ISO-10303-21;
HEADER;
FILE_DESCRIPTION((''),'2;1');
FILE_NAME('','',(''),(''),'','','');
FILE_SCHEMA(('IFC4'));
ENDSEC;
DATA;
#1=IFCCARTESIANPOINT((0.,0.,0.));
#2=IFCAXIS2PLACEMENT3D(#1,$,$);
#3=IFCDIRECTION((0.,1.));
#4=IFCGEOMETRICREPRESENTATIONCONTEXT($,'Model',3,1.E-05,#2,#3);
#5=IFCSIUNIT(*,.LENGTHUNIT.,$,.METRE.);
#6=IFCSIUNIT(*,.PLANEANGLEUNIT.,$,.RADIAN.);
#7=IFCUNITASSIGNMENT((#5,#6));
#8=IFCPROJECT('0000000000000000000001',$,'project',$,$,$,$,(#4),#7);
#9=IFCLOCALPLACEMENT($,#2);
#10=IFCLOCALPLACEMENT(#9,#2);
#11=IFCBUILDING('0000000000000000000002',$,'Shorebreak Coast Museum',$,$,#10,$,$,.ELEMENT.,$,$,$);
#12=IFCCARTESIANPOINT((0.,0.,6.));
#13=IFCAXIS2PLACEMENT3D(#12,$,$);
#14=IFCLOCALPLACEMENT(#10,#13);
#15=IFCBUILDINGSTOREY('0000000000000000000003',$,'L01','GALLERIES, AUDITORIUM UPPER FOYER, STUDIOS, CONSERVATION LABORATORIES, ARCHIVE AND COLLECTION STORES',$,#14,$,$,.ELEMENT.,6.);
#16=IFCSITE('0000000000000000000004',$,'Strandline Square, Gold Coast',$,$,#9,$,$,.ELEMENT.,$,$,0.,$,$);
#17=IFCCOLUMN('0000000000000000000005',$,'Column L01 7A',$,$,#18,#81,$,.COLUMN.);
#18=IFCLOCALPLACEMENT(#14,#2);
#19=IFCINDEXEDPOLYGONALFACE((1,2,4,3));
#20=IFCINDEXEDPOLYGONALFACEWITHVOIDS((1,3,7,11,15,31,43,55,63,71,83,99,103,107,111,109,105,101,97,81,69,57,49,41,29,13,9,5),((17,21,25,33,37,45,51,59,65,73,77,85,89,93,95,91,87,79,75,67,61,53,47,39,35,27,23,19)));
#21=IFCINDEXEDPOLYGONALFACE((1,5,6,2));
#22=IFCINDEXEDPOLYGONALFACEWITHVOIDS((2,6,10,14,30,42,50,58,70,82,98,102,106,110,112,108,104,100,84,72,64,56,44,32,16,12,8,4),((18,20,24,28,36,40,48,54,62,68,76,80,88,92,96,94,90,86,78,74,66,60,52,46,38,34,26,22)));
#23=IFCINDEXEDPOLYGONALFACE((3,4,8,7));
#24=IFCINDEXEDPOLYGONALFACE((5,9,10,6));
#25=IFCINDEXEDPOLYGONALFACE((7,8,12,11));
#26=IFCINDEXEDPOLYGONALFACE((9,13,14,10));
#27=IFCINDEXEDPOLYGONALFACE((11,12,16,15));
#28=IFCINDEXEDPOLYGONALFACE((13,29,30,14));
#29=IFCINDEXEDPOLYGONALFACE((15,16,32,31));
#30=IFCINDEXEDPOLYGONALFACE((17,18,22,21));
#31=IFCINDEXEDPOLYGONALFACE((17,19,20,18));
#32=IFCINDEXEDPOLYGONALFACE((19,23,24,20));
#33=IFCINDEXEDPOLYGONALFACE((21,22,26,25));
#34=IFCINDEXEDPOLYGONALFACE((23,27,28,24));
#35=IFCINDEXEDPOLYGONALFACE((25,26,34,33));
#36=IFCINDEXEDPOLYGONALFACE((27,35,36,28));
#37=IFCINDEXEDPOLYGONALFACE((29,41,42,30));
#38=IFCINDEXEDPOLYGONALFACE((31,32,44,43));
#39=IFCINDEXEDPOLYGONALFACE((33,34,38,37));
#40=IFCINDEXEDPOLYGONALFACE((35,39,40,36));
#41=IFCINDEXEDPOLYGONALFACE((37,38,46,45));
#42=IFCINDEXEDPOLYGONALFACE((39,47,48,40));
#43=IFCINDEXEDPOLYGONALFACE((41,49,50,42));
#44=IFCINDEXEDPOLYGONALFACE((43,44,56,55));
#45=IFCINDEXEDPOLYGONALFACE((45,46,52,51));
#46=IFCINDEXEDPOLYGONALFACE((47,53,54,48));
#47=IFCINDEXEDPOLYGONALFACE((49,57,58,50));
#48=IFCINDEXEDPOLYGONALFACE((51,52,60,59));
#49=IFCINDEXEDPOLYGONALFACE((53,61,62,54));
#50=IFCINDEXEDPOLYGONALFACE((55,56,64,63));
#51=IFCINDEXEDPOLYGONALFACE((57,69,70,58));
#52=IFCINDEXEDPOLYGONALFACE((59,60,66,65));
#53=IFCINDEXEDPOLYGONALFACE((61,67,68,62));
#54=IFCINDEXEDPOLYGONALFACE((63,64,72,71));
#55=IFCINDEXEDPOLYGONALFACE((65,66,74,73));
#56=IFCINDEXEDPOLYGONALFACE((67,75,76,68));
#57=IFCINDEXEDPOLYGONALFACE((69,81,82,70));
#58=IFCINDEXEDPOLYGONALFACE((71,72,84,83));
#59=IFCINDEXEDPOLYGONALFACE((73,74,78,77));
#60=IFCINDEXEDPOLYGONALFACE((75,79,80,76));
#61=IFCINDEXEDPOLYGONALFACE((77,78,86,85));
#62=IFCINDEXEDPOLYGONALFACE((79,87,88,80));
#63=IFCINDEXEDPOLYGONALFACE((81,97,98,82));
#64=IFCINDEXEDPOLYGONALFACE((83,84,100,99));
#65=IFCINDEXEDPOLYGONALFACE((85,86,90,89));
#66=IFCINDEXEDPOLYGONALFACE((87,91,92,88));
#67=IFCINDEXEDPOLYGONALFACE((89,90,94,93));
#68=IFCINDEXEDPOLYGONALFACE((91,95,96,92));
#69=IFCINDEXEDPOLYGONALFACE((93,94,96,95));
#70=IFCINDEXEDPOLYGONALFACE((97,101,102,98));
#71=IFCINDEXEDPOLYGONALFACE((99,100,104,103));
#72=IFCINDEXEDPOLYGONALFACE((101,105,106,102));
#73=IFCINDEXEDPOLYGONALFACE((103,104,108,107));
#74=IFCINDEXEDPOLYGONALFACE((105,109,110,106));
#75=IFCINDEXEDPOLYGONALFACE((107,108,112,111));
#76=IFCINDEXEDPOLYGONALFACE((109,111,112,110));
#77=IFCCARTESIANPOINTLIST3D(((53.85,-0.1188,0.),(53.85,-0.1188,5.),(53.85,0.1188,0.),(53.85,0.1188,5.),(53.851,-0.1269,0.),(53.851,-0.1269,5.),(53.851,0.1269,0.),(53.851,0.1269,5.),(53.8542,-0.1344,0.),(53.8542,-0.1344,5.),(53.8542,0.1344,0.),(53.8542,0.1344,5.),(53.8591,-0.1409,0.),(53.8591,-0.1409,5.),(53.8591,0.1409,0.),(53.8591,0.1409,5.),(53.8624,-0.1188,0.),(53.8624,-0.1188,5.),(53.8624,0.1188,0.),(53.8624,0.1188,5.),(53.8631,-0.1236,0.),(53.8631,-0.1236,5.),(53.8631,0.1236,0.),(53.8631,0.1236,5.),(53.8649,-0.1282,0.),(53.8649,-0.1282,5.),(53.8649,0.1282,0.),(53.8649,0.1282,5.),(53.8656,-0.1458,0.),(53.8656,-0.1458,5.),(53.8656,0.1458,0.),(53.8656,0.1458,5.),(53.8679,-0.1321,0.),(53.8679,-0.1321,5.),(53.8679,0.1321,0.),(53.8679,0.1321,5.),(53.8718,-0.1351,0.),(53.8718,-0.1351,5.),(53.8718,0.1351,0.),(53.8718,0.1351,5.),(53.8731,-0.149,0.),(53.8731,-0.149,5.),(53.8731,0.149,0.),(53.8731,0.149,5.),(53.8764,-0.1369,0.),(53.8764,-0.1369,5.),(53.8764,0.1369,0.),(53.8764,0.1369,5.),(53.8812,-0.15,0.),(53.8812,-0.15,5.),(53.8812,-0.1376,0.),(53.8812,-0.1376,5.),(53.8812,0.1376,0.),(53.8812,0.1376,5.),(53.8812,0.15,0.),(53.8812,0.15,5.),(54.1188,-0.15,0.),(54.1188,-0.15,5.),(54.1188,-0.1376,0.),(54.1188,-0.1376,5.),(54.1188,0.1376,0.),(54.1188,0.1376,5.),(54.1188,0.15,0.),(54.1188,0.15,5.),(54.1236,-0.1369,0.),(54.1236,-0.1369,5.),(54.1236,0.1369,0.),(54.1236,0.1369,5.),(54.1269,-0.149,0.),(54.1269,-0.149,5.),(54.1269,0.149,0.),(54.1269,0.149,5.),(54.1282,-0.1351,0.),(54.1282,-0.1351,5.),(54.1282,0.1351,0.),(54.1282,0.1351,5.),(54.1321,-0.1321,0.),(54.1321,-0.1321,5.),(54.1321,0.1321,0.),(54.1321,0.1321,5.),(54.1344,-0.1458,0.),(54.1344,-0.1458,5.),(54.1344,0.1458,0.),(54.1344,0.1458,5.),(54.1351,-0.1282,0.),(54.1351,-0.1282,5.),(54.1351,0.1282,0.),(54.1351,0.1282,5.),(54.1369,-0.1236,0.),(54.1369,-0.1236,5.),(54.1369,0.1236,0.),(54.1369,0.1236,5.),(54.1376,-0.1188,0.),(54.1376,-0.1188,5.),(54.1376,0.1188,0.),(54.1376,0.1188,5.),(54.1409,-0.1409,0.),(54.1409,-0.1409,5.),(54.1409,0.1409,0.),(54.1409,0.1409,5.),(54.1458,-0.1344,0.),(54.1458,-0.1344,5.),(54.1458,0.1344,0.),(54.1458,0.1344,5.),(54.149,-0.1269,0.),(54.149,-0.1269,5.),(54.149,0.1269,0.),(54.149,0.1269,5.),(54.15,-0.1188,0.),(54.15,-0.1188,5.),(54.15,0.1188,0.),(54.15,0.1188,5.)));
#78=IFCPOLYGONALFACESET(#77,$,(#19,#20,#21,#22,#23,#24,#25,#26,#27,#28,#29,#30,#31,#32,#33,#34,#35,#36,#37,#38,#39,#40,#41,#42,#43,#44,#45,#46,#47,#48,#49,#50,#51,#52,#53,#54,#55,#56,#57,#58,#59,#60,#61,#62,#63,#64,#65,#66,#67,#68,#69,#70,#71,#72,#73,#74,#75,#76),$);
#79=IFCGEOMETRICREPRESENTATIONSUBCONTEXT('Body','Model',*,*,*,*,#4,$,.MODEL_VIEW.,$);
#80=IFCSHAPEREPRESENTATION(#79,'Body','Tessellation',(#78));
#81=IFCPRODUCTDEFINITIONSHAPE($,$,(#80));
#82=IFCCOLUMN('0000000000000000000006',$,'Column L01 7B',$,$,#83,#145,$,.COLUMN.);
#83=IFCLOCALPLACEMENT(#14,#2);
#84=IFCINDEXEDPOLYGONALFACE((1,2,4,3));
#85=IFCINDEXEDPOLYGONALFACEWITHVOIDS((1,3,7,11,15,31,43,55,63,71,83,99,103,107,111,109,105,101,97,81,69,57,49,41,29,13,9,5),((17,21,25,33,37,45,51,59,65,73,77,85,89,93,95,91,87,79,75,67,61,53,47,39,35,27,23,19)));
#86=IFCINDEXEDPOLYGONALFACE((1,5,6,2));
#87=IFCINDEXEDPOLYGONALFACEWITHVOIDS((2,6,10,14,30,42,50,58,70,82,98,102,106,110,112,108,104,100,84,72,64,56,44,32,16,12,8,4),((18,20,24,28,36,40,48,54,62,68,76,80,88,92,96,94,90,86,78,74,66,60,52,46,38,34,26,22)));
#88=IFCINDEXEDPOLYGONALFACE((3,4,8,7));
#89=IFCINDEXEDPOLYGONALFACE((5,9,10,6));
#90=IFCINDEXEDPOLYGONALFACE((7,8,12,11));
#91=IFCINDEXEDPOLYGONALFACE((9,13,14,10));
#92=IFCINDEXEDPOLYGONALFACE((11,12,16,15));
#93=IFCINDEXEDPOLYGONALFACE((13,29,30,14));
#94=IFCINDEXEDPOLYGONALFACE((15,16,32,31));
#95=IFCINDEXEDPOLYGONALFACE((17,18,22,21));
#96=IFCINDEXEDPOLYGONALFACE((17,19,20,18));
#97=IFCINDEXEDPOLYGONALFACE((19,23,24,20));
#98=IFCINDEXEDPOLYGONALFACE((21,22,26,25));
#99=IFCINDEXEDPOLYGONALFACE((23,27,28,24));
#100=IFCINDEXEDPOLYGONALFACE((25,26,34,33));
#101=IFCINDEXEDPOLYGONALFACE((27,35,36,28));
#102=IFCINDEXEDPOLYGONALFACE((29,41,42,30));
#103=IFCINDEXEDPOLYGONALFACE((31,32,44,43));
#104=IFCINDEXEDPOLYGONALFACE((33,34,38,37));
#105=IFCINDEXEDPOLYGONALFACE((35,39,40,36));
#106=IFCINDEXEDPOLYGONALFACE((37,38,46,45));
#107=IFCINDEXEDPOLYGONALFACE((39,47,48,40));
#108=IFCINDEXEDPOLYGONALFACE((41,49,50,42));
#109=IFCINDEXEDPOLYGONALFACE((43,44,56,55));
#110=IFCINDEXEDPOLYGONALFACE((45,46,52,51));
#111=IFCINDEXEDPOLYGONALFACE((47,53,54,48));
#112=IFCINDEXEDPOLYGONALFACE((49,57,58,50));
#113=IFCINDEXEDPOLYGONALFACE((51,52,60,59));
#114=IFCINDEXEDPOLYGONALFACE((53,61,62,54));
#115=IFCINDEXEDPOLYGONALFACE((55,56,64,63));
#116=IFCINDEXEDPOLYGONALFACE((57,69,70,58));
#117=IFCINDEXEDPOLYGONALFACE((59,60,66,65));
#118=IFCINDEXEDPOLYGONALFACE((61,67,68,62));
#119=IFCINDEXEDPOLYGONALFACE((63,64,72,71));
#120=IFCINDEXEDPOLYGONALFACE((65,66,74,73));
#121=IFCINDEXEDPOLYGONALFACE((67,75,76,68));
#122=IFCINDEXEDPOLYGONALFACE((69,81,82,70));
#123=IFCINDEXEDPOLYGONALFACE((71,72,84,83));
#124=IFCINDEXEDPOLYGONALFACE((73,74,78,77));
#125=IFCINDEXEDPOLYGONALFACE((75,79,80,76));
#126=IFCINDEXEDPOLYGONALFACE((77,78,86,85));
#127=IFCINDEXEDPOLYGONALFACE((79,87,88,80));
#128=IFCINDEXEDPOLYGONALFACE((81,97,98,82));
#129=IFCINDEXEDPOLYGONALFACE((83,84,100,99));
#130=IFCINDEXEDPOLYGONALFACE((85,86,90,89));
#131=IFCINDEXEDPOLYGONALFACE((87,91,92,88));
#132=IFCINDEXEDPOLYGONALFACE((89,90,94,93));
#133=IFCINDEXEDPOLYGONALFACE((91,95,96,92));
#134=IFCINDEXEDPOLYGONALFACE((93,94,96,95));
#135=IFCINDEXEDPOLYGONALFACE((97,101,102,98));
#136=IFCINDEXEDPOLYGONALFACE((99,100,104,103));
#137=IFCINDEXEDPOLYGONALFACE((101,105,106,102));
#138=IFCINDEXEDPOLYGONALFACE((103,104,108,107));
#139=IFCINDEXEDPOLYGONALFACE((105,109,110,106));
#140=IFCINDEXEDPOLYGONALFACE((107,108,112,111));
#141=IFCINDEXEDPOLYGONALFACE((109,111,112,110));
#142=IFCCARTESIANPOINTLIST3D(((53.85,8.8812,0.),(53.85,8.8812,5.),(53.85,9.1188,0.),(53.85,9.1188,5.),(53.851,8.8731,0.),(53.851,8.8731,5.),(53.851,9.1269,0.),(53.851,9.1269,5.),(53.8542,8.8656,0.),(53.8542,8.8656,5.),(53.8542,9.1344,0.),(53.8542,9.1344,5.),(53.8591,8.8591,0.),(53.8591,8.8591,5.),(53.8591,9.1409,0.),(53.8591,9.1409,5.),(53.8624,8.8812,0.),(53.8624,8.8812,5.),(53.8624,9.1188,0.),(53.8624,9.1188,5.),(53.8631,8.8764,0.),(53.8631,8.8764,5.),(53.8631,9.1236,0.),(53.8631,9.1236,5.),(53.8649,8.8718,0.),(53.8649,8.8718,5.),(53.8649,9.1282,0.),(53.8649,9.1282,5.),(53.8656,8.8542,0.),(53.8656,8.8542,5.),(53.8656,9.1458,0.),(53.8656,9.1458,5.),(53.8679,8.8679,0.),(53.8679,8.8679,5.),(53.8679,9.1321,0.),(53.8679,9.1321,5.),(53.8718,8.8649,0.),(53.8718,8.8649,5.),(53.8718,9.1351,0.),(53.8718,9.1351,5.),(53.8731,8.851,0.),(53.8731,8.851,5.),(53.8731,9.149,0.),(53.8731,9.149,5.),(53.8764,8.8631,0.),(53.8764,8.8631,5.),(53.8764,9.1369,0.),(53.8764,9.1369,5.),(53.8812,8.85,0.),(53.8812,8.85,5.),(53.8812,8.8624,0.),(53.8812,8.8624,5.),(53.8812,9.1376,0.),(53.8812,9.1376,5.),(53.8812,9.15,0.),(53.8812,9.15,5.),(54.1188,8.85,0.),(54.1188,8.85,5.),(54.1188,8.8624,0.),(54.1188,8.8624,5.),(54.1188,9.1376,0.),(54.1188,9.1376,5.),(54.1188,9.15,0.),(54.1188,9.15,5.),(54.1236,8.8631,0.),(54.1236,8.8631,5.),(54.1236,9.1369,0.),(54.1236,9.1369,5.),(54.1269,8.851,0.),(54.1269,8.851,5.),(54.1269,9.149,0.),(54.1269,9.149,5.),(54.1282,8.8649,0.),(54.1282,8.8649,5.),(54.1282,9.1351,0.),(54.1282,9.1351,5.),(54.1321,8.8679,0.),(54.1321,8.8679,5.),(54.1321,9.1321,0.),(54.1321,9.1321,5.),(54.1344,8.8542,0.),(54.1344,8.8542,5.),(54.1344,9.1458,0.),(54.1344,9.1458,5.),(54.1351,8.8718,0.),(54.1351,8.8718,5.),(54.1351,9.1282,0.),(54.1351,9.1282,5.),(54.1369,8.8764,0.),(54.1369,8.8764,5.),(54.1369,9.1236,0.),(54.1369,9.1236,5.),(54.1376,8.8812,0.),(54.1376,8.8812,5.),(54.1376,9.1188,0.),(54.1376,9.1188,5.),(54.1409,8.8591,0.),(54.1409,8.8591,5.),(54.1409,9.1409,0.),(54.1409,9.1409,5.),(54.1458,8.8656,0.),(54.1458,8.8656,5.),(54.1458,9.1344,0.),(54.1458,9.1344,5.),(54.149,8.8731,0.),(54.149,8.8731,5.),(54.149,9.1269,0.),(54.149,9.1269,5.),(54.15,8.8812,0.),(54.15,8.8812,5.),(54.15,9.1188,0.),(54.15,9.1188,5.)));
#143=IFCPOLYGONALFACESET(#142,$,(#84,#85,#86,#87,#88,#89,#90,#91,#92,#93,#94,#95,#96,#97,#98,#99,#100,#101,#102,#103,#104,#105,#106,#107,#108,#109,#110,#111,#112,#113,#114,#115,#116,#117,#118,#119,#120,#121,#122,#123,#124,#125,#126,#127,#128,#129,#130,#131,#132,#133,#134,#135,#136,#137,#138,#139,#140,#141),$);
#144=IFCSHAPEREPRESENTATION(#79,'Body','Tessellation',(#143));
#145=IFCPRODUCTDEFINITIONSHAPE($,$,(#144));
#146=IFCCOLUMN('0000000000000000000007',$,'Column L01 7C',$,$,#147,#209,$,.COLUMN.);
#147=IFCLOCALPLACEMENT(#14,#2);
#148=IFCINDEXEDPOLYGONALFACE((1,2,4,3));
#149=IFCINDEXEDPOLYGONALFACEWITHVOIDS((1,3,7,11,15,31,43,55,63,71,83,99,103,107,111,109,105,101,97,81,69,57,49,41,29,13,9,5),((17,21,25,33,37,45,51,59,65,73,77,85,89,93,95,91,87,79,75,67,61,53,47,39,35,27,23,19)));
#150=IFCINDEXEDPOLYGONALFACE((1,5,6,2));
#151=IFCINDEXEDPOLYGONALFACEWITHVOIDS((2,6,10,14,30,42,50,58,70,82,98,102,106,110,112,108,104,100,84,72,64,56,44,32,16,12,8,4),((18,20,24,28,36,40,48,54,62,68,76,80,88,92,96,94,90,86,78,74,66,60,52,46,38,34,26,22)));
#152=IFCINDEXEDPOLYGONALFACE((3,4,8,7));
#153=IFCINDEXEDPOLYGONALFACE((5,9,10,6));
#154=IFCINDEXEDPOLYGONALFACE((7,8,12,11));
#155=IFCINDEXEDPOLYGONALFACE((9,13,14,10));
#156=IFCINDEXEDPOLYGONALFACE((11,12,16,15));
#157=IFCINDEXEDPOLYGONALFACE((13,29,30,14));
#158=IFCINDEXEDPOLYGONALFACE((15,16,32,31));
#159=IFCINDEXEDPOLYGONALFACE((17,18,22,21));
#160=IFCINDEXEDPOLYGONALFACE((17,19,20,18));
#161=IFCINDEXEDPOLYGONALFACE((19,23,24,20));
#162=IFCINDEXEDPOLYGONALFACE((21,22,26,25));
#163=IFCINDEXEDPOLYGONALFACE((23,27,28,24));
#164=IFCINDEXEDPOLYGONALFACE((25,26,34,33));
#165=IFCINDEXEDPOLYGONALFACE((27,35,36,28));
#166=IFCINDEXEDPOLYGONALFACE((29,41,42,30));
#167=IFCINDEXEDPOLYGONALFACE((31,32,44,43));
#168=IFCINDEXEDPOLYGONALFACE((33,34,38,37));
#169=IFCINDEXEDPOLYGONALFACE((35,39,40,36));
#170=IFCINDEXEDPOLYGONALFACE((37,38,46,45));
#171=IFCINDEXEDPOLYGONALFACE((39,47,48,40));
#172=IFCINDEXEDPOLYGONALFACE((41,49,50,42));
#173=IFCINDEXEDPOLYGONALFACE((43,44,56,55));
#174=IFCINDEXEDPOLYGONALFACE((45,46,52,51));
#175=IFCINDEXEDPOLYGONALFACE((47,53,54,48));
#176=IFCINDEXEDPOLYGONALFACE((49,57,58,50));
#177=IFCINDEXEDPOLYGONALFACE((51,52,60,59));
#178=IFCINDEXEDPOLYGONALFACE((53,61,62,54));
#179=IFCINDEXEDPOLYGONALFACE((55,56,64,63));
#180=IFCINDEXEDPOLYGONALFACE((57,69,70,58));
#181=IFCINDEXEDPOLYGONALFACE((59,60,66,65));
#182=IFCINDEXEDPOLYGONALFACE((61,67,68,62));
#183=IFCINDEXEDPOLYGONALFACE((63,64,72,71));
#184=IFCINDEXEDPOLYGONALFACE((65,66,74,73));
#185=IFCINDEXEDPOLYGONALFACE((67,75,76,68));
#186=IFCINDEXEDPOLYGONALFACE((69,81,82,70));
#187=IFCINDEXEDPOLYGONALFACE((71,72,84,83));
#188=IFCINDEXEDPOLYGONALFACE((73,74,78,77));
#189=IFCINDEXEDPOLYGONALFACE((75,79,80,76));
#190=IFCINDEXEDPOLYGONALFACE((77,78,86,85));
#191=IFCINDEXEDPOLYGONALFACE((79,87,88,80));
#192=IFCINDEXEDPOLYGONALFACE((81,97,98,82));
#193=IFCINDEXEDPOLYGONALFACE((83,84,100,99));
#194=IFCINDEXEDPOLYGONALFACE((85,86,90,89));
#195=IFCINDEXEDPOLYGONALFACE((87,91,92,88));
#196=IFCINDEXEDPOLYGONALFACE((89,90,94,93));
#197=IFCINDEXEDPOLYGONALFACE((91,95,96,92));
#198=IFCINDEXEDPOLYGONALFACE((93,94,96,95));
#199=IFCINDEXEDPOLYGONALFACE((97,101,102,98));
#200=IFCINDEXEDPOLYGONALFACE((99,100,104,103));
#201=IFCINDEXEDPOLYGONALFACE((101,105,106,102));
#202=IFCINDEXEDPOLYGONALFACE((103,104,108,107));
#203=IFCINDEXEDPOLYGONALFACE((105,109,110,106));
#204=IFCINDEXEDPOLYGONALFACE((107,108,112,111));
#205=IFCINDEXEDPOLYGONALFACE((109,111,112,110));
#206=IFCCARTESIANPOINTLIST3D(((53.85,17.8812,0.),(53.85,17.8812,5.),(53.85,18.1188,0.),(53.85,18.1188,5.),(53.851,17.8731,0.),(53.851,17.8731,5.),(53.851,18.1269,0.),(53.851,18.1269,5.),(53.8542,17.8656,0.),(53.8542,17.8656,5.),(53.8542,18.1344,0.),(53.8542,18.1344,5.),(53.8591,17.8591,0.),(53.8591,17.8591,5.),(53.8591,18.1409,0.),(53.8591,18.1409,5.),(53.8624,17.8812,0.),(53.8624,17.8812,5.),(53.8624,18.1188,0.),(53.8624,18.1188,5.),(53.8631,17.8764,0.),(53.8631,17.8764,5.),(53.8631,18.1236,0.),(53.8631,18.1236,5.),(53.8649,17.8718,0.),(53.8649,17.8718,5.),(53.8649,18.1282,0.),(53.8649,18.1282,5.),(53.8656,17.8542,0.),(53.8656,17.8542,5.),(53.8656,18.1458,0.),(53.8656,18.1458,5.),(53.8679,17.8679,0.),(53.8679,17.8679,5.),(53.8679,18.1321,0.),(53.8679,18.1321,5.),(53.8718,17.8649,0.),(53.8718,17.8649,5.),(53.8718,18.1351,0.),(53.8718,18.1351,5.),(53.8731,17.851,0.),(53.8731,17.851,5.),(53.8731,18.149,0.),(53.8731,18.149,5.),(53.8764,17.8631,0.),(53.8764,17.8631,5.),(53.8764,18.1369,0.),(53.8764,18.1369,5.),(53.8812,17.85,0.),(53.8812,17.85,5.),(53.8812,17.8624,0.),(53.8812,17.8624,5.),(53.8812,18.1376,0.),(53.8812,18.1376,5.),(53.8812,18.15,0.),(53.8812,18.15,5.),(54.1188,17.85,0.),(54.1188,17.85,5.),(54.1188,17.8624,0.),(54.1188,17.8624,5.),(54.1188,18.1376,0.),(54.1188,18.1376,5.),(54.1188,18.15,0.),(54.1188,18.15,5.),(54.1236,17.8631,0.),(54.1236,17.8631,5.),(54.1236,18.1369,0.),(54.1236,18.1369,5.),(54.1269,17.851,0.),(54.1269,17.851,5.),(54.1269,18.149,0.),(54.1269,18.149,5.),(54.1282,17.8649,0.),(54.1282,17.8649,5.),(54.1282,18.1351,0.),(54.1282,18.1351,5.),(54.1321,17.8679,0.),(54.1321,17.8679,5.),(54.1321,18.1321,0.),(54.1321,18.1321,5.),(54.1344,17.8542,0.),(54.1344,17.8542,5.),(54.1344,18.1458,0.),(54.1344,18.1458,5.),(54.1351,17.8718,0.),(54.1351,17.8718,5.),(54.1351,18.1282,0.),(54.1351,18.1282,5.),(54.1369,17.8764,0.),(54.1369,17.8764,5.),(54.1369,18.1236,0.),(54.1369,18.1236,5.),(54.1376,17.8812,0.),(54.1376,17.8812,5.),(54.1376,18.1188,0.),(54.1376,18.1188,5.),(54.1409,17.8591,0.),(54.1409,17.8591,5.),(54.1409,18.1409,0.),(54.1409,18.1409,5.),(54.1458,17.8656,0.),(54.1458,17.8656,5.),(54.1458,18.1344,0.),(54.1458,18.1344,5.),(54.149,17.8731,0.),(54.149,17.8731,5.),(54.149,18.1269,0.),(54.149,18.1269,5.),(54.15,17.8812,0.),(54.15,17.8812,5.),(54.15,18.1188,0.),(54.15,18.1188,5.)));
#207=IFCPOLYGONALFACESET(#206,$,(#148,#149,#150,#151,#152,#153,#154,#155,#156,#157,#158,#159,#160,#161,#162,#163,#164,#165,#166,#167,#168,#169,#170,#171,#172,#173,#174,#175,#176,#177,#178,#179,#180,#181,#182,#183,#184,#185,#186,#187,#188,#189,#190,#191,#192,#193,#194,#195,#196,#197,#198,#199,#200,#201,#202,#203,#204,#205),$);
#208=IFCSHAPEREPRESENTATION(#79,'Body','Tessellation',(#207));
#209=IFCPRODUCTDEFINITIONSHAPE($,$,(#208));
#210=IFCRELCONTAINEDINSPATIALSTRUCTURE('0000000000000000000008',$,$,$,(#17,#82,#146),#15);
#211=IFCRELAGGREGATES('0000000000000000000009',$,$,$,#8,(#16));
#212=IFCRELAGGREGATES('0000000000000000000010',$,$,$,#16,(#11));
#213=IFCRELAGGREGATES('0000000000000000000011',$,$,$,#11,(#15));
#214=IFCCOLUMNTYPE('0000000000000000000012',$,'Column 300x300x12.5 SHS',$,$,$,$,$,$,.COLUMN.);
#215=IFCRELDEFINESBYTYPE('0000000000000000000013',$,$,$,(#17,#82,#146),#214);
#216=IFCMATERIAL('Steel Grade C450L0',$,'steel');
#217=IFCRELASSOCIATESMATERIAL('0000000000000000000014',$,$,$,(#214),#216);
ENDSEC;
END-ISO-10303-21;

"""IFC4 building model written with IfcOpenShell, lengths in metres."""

from ifc_helpers import new_model, si_unit, direction, frame, origin, origin_2d, place, context, subcontext, project, spatial, hollow_rectangle, extrude, material, material_profile, profile_set, type_object, element, save


model = new_model("IFC4")

# Units and contexts
model_context = context("Model", 3, precision=1e-05, world=origin(), true_north=direction((0.0, 1.0)))
body_context = subcontext(model_context, "Body", "Model", "MODEL_VIEW")
ifc_project = project(units=[si_unit("LENGTHUNIT", "METRE"), si_unit("PLANEANGLEUNIT", "RADIAN")], contexts=[model_context])

# Site, building, storey
site_placement = place(None, origin())
site = spatial("IfcSite", under=ifc_project, at=site_placement, Name="Strandline Square, Gold Coast", CompositionType="ELEMENT", RefElevation=0.0)
building_placement = place(site_placement, origin())
building = spatial("IfcBuilding", under=site, at=building_placement, Name="Shorebreak Coast Museum", CompositionType="ELEMENT")
storey_placement = place(building_placement, frame((0.0, 0.0, 6.0)))
storey = spatial("IfcBuildingStorey", under=building, at=storey_placement, Name="L01", Description="GALLERIES, AUDITORIUM UPPER FOYER, STUDIOS, CONSERVATION LABORATORIES, ARCHIVE AND COLLECTION STORES", CompositionType="ELEMENT", Elevation=6.0)

# Columns
ifc_material_1 = material(Name="Steel Grade C450L0", Category="steel")
ifc_material_profile_1 = material_profile(ifc_material_1, hollow_rectangle(XDim=0.3, YDim=0.3, WallThickness=0.0125, InnerFilletRadius=0.0188, OuterFilletRadius=0.0312, at=origin_2d()), Name="300x300x12.5 SHS")
ifc_profile_set_1 = profile_set([ifc_material_profile_1], Name="Steel Grade C450L0")
column_type = type_object("IfcColumnType", Name="Column 300x300x12.5 SHS", PredefinedType="COLUMN", material=ifc_profile_set_1)
for number, where, z_axis, x_axis, name in (
    (1, (54.0, 0.0, 0.0), (0.0, 0.0, 1.0), (1.0, 0.0, 0.0), "Column L01 7A"),
    (2, (54.0, 9.0, 0.0), (0.0, 0.0, 1.0), (1.0, 0.0, 0.0), "Column L01 7B"),
    (3, (54.0, 18.0, 0.0), (0.0, 0.0, 1.0), (1.0, 0.0, 0.0), "Column L01 7C"),
):
    element("IfcColumn", number, at=place(storey_placement, frame(where, z_axis=z_axis, x_axis=x_axis)), inside=storey, type_object=column_type, Name=name, PredefinedType="COLUMN", context=body_context, shape_type="SweptSolid", body=[
        extrude(hollow_rectangle(XDim=0.3, YDim=0.3, WallThickness=0.0125, InnerFilletRadius=0.0188, OuterFilletRadius=0.0312, at=origin_2d()), origin(), (0.0, 0.0, 1.0), 5.0),
    ])

save(model, "model.ifc")
